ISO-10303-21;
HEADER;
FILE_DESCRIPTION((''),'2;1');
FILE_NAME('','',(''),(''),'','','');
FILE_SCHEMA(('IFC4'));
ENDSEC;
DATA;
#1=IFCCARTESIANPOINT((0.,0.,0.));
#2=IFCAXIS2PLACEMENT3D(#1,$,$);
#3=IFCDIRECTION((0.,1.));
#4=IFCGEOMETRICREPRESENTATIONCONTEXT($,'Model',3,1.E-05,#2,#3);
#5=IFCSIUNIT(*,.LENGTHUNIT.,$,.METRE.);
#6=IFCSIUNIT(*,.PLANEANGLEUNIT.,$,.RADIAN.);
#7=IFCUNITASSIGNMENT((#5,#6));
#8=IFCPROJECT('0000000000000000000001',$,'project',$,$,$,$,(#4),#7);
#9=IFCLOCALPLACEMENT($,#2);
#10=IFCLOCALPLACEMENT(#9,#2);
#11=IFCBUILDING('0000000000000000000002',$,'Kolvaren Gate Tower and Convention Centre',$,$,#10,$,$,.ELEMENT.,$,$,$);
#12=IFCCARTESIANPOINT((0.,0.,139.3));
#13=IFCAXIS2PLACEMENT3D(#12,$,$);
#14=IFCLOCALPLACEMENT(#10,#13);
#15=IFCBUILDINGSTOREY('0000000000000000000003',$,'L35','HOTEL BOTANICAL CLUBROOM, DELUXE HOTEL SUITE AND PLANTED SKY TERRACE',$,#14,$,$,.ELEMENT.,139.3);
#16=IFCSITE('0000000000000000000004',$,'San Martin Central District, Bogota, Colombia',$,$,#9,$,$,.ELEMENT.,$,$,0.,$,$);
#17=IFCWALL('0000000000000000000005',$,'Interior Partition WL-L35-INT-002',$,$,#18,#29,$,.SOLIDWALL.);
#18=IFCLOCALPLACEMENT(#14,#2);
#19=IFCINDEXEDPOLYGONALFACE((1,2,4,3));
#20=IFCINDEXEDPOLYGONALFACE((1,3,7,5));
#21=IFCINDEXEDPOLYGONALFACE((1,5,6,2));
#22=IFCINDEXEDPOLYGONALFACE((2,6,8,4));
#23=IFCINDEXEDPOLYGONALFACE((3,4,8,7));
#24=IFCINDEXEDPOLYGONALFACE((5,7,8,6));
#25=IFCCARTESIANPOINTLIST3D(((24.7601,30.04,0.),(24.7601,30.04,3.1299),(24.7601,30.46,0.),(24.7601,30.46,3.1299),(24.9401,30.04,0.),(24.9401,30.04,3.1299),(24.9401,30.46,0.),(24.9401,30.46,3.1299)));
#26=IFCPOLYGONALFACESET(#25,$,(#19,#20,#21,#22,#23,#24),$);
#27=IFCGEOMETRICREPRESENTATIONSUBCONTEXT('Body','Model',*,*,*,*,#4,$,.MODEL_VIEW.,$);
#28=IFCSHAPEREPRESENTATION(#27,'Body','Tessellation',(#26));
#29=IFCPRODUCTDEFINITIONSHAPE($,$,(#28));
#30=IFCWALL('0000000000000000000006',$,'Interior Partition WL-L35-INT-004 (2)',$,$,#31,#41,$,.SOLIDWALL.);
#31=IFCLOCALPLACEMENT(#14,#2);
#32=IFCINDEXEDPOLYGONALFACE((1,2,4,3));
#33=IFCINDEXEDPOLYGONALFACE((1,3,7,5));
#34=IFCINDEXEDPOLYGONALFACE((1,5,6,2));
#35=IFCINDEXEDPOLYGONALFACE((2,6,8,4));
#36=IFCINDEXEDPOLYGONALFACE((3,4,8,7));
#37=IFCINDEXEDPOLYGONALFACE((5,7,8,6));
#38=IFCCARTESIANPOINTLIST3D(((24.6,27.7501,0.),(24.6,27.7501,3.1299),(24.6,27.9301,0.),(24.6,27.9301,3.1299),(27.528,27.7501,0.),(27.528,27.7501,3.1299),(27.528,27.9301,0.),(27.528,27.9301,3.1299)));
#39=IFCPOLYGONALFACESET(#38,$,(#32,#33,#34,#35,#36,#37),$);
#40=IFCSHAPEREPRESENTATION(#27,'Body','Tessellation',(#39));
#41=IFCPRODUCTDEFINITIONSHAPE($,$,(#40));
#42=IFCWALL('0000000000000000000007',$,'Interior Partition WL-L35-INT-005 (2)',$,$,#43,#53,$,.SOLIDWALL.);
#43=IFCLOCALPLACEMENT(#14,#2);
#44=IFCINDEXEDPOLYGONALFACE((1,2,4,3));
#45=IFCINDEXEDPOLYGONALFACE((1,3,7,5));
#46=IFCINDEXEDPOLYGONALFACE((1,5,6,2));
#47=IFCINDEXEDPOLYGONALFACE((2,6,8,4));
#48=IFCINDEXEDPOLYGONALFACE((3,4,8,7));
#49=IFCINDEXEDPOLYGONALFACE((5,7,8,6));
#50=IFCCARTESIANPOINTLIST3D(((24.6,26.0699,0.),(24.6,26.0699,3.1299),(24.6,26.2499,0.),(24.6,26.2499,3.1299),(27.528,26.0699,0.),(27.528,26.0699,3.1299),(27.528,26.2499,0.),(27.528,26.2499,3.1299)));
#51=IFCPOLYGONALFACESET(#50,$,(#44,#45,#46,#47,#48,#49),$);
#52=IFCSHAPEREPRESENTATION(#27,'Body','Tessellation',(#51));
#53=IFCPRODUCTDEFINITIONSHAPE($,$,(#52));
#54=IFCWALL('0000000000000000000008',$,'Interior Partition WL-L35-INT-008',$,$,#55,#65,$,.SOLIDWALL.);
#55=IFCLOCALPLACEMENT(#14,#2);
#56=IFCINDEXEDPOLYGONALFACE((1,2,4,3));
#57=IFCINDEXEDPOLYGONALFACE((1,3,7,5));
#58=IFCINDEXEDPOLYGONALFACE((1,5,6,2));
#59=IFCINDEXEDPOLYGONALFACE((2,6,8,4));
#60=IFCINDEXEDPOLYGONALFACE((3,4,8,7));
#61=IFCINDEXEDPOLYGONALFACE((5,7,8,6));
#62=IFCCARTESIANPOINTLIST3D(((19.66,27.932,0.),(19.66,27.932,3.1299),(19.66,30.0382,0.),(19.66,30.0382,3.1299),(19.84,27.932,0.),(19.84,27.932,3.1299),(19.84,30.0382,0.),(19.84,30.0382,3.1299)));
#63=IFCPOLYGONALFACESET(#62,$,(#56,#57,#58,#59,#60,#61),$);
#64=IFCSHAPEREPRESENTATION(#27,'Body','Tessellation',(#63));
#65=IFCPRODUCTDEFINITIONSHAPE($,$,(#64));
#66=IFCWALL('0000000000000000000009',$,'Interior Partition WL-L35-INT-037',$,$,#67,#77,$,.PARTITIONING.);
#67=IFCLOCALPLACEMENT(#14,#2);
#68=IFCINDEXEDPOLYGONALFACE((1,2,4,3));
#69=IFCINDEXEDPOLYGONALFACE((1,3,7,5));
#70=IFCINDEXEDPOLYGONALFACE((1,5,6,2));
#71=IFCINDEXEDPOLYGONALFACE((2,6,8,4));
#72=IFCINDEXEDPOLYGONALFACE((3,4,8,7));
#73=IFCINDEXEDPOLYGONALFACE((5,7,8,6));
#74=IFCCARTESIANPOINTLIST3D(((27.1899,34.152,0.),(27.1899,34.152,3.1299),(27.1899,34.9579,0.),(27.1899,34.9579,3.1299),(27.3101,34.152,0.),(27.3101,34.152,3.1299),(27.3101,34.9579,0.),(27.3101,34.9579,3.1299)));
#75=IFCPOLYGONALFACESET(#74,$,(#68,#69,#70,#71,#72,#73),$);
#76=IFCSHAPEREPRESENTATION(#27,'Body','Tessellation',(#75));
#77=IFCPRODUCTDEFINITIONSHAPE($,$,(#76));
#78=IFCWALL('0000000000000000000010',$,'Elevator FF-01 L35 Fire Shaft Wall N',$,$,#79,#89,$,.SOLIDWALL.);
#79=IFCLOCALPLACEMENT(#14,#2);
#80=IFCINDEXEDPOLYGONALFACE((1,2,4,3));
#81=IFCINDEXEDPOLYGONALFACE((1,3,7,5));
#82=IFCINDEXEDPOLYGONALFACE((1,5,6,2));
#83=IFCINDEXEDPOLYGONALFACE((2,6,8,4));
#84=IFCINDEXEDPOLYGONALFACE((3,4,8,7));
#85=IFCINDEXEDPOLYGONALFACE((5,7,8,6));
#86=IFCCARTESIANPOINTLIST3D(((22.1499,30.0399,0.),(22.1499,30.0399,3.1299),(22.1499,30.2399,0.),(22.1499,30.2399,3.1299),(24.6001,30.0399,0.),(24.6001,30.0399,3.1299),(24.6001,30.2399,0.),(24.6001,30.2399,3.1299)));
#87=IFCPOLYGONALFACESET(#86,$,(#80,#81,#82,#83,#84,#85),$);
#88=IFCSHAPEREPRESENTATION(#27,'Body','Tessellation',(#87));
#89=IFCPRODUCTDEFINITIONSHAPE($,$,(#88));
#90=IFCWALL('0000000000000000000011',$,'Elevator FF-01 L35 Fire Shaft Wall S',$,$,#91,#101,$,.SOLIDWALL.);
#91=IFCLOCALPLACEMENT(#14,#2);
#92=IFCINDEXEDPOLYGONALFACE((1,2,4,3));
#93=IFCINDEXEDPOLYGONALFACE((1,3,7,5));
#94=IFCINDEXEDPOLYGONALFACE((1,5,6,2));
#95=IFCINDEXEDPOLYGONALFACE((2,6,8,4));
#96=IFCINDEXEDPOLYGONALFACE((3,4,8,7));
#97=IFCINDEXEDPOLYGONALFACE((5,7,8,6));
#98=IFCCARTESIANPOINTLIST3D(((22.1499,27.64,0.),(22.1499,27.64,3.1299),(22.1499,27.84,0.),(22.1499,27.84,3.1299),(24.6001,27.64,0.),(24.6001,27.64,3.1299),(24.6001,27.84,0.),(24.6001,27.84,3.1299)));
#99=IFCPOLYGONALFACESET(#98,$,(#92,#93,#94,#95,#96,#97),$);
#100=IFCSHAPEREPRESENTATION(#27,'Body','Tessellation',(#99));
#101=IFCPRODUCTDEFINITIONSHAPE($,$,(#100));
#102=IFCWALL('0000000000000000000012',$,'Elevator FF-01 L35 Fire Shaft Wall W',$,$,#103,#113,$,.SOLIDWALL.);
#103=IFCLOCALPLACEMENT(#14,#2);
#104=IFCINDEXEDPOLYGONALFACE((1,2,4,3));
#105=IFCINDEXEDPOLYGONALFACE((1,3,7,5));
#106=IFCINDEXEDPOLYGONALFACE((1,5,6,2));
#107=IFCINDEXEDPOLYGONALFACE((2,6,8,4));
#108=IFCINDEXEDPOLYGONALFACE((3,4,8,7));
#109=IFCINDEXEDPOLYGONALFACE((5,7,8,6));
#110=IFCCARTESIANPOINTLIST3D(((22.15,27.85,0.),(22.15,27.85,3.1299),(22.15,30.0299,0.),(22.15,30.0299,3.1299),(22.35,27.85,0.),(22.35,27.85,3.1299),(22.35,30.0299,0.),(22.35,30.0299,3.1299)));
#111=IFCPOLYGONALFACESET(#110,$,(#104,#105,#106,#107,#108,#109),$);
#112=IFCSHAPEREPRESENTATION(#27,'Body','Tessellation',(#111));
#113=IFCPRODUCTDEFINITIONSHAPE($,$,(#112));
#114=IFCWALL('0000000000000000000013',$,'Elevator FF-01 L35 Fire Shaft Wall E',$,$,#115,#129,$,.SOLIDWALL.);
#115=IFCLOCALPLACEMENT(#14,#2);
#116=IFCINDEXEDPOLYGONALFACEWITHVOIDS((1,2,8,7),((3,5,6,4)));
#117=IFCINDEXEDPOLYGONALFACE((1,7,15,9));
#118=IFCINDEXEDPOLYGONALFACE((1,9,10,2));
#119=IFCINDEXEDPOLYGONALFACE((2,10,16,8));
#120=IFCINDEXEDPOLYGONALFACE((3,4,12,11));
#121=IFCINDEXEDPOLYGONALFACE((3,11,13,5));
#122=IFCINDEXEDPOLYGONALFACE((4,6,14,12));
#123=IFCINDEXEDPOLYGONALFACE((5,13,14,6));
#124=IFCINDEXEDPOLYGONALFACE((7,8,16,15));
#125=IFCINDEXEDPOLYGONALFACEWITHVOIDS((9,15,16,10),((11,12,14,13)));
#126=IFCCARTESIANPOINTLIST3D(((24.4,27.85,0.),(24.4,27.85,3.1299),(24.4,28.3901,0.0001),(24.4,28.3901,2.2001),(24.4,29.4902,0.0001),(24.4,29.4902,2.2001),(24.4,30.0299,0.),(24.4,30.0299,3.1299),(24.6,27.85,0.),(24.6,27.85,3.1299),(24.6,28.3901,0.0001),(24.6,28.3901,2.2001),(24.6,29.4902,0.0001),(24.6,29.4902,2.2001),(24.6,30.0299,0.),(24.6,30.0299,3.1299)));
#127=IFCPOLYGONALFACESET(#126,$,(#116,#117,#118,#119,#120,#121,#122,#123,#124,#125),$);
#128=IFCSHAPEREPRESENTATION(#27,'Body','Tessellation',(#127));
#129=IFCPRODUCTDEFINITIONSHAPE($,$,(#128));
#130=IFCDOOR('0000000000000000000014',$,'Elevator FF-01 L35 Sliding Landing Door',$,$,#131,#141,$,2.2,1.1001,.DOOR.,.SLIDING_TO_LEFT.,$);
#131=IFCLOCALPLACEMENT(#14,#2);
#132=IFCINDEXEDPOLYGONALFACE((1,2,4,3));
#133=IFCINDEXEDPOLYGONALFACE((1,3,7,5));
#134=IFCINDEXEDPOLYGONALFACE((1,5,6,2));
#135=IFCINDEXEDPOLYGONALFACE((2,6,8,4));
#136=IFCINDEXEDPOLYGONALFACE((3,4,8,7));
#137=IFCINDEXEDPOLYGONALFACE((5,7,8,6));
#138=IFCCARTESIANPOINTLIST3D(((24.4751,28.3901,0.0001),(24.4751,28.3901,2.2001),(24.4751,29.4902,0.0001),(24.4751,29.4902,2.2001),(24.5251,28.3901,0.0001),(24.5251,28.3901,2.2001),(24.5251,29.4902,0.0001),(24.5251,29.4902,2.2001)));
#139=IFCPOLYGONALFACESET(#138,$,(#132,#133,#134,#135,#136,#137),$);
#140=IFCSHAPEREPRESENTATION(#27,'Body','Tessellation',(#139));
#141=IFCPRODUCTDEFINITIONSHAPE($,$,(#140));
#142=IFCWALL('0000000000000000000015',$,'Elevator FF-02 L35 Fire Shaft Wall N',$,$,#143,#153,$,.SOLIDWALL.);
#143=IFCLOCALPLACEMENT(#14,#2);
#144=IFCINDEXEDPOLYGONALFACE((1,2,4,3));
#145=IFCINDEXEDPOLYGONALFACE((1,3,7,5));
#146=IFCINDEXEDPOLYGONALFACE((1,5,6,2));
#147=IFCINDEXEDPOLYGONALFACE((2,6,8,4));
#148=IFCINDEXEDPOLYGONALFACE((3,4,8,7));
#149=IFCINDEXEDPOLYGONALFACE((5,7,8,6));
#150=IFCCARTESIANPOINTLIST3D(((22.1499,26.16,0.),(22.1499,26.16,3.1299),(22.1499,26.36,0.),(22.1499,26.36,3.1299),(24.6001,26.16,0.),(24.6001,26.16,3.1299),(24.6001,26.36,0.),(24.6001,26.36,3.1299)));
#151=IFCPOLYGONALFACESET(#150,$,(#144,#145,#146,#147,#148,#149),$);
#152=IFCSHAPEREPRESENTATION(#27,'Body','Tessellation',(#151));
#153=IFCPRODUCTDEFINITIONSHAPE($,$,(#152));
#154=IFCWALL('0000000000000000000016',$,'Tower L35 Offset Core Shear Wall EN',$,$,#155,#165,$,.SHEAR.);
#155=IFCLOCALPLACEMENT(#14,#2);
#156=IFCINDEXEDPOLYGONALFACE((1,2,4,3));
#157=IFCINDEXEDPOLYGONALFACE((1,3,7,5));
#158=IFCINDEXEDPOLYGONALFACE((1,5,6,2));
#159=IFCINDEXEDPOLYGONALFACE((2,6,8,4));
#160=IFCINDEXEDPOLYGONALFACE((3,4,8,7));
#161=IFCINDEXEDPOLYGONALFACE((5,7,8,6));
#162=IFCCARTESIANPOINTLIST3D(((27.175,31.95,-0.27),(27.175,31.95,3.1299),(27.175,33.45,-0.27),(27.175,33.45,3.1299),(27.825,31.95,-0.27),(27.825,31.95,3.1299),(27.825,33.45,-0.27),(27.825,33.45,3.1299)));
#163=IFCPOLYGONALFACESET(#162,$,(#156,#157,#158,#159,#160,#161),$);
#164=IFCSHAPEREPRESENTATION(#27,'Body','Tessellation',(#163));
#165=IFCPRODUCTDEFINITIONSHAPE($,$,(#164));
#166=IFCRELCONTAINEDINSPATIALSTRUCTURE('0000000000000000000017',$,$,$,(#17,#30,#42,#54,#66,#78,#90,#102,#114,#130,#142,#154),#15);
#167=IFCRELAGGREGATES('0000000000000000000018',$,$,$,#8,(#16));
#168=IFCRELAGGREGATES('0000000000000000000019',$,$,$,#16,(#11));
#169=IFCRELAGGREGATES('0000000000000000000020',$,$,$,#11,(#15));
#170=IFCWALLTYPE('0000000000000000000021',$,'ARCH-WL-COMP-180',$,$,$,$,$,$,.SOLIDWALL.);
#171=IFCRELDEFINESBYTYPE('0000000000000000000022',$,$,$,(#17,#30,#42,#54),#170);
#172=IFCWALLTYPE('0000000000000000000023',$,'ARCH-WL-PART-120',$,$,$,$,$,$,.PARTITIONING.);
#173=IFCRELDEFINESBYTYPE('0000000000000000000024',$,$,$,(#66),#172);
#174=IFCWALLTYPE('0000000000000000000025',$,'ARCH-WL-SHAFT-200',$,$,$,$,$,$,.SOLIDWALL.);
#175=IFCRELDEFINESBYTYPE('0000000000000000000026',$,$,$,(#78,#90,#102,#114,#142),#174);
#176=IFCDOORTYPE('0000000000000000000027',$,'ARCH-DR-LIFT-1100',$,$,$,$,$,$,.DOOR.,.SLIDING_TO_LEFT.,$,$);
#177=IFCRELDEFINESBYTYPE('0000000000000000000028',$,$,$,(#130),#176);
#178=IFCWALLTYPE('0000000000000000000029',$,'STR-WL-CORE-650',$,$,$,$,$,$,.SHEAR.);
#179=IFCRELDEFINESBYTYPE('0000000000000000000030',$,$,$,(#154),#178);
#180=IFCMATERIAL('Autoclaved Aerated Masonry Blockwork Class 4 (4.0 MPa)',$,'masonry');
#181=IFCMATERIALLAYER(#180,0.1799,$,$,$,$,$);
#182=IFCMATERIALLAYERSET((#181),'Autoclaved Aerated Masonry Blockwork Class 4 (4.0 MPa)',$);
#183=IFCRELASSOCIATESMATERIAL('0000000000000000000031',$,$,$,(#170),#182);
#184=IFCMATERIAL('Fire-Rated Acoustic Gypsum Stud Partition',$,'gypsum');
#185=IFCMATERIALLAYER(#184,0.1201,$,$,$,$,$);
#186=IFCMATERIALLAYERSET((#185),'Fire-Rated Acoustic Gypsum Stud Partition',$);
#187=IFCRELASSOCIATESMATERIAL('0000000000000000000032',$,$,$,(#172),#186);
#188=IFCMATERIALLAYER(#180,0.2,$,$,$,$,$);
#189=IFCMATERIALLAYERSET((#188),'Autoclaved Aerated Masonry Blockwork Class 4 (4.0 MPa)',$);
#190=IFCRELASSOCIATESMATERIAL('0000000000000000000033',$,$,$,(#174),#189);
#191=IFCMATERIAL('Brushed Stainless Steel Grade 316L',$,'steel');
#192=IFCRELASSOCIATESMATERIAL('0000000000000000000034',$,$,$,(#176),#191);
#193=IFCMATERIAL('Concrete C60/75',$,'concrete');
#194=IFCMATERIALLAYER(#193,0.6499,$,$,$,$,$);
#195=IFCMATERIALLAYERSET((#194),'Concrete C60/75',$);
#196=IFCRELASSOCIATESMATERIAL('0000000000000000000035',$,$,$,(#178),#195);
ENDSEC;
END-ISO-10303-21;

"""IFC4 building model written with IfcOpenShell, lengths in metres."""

from ifc_helpers import new_model, si_unit, direction, frame, frame_2d, origin, place, context, subcontext, project, spatial, rectangle, extrude, material, layer, layer_set, type_object, element, fill, save


model = new_model("IFC4")

# Units and contexts
model_context = context("Model", 3, precision=1e-05, world=origin(), true_north=direction((0.0, 1.0)))
body_context = subcontext(model_context, "Body", "Model", "MODEL_VIEW")
ifc_project = project(units=[si_unit("LENGTHUNIT", "METRE"), si_unit("PLANEANGLEUNIT", "RADIAN")], contexts=[model_context])

# Site, building, storey
site_placement = place(None, origin())
site = spatial("IfcSite", under=ifc_project, at=site_placement, Name="San Martin Central District, Bogota, Colombia", CompositionType="ELEMENT", RefElevation=0.0)
building_placement = place(site_placement, origin())
building = spatial("IfcBuilding", under=site, at=building_placement, Name="Kolvaren Gate Tower and Convention Centre", CompositionType="ELEMENT")
storey_placement = place(building_placement, frame((0.0, 0.0, 139.3)))
storey = spatial("IfcBuildingStorey", under=building, at=storey_placement, Name="L35", Description="HOTEL BOTANICAL CLUBROOM, DELUXE HOTEL SUITE AND PLANTED SKY TERRACE", CompositionType="ELEMENT", Elevation=139.3)

# Walls
ifc_material_1 = material(Name="Autoclaved Aerated Masonry Blockwork Class 4 (4.0 MPa)", Category="masonry")
ifc_layer_1 = layer(ifc_material_1, 0.1799)
ifc_layer_set_1 = layer_set([ifc_layer_1], Name="Autoclaved Aerated Masonry Blockwork Class 4 (4.0 MPa)")
wall_type_1 = type_object("IfcWallType", Name="ARCH-WL-COMP-180", PredefinedType="SOLIDWALL", material=ifc_layer_set_1)
wall_1_placement = place(storey_placement, frame((24.8501, 30.04, 0.0), z_axis=(0.0, 0.0, 1.0), x_axis=(0.0, 1.0, 0.0)))
element("IfcWall", 1, at=wall_1_placement, inside=storey, type_object=wall_type_1, Name="Interior Partition WL-L35-INT-002", PredefinedType="SOLIDWALL", context=body_context, shape_type="SweptSolid", body=[
    extrude(rectangle(XDim=0.4199, YDim=0.1799, at=frame_2d((0.21, 0.0))), origin(), (0.0, 0.0, 1.0), 3.1299),
])
for number, where, z_axis, x_axis, name in (
    (2, (24.6001, 27.8401, 0.0), (0.0, 0.0, 1.0), (1.0, 0.0, 0.0), "Interior Partition WL-L35-INT-004 (2)"),
    (3, (24.6001, 26.1599, 0.0), (0.0, 0.0, 1.0), (1.0, 0.0, 0.0), "Interior Partition WL-L35-INT-005 (2)"),
):
    element("IfcWall", number, at=place(storey_placement, frame(where, z_axis=z_axis, x_axis=x_axis)), inside=storey, type_object=wall_type_1, Name=name, PredefinedType="SOLIDWALL", context=body_context, shape_type="SweptSolid", body=[
        extrude(rectangle(XDim=2.928, YDim=0.1799, at=frame_2d((1.4639, 0.0))), origin(), (0.0, 0.0, 1.0), 3.1299),
    ])
wall_2_placement = place(storey_placement, frame((19.75, 27.9319, 0.0), z_axis=(0.0, 0.0, 1.0), x_axis=(0.0, 1.0, 0.0)))
element("IfcWall", 4, at=wall_2_placement, inside=storey, type_object=wall_type_1, Name="Interior Partition WL-L35-INT-008", PredefinedType="SOLIDWALL", context=body_context, shape_type="SweptSolid", body=[
    extrude(rectangle(XDim=2.1062, YDim=0.1799, at=frame_2d((1.0532, 0.0))), origin(), (0.0, 0.0, 1.0), 3.1299),
])
ifc_material_2 = material(Name="Fire-Rated Acoustic Gypsum Stud Partition", Category="gypsum")
ifc_layer_2 = layer(ifc_material_2, 0.1201)
ifc_layer_set_2 = layer_set([ifc_layer_2], Name="Fire-Rated Acoustic Gypsum Stud Partition")
wall_type_2 = type_object("IfcWallType", Name="ARCH-WL-PART-120", PredefinedType="PARTITIONING", material=ifc_layer_set_2)
wall_3_placement = place(storey_placement, frame((27.25, 34.1521, 0.0), z_axis=(0.0, 0.0, 1.0), x_axis=(0.0, 1.0, 0.0)))
element("IfcWall", 5, at=wall_3_placement, inside=storey, type_object=wall_type_2, Name="Interior Partition WL-L35-INT-037", PredefinedType="PARTITIONING", context=body_context, shape_type="SweptSolid", body=[
    extrude(rectangle(XDim=0.8059, YDim=0.1201, at=frame_2d((0.4028, 0.0))), origin(), (0.0, 0.0, 1.0), 3.1299),
])
ifc_layer_3 = layer(ifc_material_1, 0.2)
ifc_layer_set_3 = layer_set([ifc_layer_3], Name="Autoclaved Aerated Masonry Blockwork Class 4 (4.0 MPa)")
wall_type_3 = type_object("IfcWallType", Name="ARCH-WL-SHAFT-200", PredefinedType="SOLIDWALL", material=ifc_layer_set_3)
for number, where, z_axis, x_axis, name in (
    (6, (22.1499, 30.1399, 0.0), (0.0, 0.0, 1.0), (1.0, 0.0, 0.0), "Elevator FF-01 L35 Fire Shaft Wall N"),
    (7, (22.1499, 27.74, 0.0), (0.0, 0.0, 1.0), (1.0, 0.0, 0.0), "Elevator FF-01 L35 Fire Shaft Wall S"),
):
    element("IfcWall", number, at=place(storey_placement, frame(where, z_axis=z_axis, x_axis=x_axis)), inside=storey, type_object=wall_type_3, Name=name, PredefinedType="SOLIDWALL", context=body_context, shape_type="SweptSolid", body=[
        extrude(rectangle(XDim=2.4502, YDim=0.2, at=frame_2d((1.2251, 0.0))), origin(), (0.0, 0.0, 1.0), 3.1299),
    ])
wall_4_placement = place(storey_placement, frame((22.25, 27.8501, 0.0), z_axis=(0.0, 0.0, 1.0), x_axis=(0.0, 1.0, 0.0)))
element("IfcWall", 8, at=wall_4_placement, inside=storey, type_object=wall_type_3, Name="Elevator FF-01 L35 Fire Shaft Wall W", PredefinedType="SOLIDWALL", context=body_context, shape_type="SweptSolid", body=[
    extrude(rectangle(XDim=2.1799, YDim=0.2, at=frame_2d((1.0898, 0.0))), origin(), (0.0, 0.0, 1.0), 3.1299),
])

# Wall, opening, door
wall_5_placement = place(storey_placement, frame((24.5, 27.8501, 0.0), z_axis=(0.0, 0.0, 1.0), x_axis=(0.0, 1.0, 0.0)))
wall_5 = element("IfcWall", 9, at=wall_5_placement, inside=storey, type_object=wall_type_3, Name="Elevator FF-01 L35 Fire Shaft Wall E", PredefinedType="SOLIDWALL", context=body_context, shape_type="SweptSolid", body=[
    extrude(rectangle(XDim=2.1799, YDim=0.2, at=frame_2d((1.0898, 0.0))), origin(), (0.0, 0.0, 1.0), 3.1299),
])
opening_1_placement = place(wall_5_placement, frame((0.54, 0.0, 0.0)))
opening_1 = element("IfcOpeningElement", 10, at=opening_1_placement, cuts=wall_5, PredefinedType="OPENING", context=body_context, shape_type="SweptSolid", body=[
    extrude(rectangle(XDim=1.1001, YDim=2.2, at=frame_2d((0.55, 1.1001))), frame((0.0, 0.1099, 0.0), z_axis=(0.0, -1.0, 0.0), x_axis=(1.0, 0.0, 0.0)), (0.0, 0.0, 1.0), 0.22),
])
ifc_material_3 = material(Name="Brushed Stainless Steel Grade 316L", Category="steel")
door_type_1 = type_object("IfcDoorType", Name="ARCH-DR-LIFT-1100", OperationType="SLIDING_TO_LEFT", PredefinedType="DOOR", material=ifc_material_3)
door_1_placement = place(opening_1_placement, origin())
door_1 = element("IfcDoor", 11, at=door_1_placement, inside=storey, type_object=door_type_1, Name="Elevator FF-01 L35 Sliding Landing Door", OperationType="SLIDING_TO_LEFT", OverallHeight=2.2, OverallWidth=1.1001, PredefinedType="DOOR", context=body_context, shape_type="SweptSolid", body=[
    extrude(rectangle(XDim=1.1001, YDim=2.2, at=frame_2d((0.55, 1.1001))), frame((0.0, 0.0249, 0.0), z_axis=(0.0, -1.0, 0.0), x_axis=(1.0, 0.0, 0.0)), (0.0, 0.0, 1.0), 0.05),
])
fill(opening_1, door_1)

# Walls
wall_6_placement = place(storey_placement, frame((22.1499, 26.26, 0.0), z_axis=(0.0, 0.0, 1.0), x_axis=(1.0, 0.0, 0.0)))
element("IfcWall", 12, at=wall_6_placement, inside=storey, type_object=wall_type_3, Name="Elevator FF-02 L35 Fire Shaft Wall N", PredefinedType="SOLIDWALL", context=body_context, shape_type="SweptSolid", body=[
    extrude(rectangle(XDim=2.4502, YDim=0.2, at=frame_2d((1.2251, 0.0))), origin(), (0.0, 0.0, 1.0), 3.1299),
])
ifc_material_4 = material(Name="Concrete C60/75", Category="concrete")
ifc_layer_4 = layer(ifc_material_4, 0.6499)
ifc_layer_set_4 = layer_set([ifc_layer_4], Name="Concrete C60/75")
wall_type_4 = type_object("IfcWallType", Name="STR-WL-CORE-650", PredefinedType="SHEAR", material=ifc_layer_set_4)
wall_7_placement = place(storey_placement, frame((27.5, 31.95, -0.27), z_axis=(0.0, 0.0, 1.0), x_axis=(0.0, 1.0, 0.0)))
element("IfcWall", 13, at=wall_7_placement, inside=storey, type_object=wall_type_4, Name="Tower L35 Offset Core Shear Wall EN", PredefinedType="SHEAR", context=body_context, shape_type="SweptSolid", body=[
    extrude(rectangle(XDim=1.5, YDim=0.6499, at=frame_2d((0.75, 0.0))), origin(), (0.0, 0.0, 1.0), 3.3999),
])

save(model, "model.ifc")
